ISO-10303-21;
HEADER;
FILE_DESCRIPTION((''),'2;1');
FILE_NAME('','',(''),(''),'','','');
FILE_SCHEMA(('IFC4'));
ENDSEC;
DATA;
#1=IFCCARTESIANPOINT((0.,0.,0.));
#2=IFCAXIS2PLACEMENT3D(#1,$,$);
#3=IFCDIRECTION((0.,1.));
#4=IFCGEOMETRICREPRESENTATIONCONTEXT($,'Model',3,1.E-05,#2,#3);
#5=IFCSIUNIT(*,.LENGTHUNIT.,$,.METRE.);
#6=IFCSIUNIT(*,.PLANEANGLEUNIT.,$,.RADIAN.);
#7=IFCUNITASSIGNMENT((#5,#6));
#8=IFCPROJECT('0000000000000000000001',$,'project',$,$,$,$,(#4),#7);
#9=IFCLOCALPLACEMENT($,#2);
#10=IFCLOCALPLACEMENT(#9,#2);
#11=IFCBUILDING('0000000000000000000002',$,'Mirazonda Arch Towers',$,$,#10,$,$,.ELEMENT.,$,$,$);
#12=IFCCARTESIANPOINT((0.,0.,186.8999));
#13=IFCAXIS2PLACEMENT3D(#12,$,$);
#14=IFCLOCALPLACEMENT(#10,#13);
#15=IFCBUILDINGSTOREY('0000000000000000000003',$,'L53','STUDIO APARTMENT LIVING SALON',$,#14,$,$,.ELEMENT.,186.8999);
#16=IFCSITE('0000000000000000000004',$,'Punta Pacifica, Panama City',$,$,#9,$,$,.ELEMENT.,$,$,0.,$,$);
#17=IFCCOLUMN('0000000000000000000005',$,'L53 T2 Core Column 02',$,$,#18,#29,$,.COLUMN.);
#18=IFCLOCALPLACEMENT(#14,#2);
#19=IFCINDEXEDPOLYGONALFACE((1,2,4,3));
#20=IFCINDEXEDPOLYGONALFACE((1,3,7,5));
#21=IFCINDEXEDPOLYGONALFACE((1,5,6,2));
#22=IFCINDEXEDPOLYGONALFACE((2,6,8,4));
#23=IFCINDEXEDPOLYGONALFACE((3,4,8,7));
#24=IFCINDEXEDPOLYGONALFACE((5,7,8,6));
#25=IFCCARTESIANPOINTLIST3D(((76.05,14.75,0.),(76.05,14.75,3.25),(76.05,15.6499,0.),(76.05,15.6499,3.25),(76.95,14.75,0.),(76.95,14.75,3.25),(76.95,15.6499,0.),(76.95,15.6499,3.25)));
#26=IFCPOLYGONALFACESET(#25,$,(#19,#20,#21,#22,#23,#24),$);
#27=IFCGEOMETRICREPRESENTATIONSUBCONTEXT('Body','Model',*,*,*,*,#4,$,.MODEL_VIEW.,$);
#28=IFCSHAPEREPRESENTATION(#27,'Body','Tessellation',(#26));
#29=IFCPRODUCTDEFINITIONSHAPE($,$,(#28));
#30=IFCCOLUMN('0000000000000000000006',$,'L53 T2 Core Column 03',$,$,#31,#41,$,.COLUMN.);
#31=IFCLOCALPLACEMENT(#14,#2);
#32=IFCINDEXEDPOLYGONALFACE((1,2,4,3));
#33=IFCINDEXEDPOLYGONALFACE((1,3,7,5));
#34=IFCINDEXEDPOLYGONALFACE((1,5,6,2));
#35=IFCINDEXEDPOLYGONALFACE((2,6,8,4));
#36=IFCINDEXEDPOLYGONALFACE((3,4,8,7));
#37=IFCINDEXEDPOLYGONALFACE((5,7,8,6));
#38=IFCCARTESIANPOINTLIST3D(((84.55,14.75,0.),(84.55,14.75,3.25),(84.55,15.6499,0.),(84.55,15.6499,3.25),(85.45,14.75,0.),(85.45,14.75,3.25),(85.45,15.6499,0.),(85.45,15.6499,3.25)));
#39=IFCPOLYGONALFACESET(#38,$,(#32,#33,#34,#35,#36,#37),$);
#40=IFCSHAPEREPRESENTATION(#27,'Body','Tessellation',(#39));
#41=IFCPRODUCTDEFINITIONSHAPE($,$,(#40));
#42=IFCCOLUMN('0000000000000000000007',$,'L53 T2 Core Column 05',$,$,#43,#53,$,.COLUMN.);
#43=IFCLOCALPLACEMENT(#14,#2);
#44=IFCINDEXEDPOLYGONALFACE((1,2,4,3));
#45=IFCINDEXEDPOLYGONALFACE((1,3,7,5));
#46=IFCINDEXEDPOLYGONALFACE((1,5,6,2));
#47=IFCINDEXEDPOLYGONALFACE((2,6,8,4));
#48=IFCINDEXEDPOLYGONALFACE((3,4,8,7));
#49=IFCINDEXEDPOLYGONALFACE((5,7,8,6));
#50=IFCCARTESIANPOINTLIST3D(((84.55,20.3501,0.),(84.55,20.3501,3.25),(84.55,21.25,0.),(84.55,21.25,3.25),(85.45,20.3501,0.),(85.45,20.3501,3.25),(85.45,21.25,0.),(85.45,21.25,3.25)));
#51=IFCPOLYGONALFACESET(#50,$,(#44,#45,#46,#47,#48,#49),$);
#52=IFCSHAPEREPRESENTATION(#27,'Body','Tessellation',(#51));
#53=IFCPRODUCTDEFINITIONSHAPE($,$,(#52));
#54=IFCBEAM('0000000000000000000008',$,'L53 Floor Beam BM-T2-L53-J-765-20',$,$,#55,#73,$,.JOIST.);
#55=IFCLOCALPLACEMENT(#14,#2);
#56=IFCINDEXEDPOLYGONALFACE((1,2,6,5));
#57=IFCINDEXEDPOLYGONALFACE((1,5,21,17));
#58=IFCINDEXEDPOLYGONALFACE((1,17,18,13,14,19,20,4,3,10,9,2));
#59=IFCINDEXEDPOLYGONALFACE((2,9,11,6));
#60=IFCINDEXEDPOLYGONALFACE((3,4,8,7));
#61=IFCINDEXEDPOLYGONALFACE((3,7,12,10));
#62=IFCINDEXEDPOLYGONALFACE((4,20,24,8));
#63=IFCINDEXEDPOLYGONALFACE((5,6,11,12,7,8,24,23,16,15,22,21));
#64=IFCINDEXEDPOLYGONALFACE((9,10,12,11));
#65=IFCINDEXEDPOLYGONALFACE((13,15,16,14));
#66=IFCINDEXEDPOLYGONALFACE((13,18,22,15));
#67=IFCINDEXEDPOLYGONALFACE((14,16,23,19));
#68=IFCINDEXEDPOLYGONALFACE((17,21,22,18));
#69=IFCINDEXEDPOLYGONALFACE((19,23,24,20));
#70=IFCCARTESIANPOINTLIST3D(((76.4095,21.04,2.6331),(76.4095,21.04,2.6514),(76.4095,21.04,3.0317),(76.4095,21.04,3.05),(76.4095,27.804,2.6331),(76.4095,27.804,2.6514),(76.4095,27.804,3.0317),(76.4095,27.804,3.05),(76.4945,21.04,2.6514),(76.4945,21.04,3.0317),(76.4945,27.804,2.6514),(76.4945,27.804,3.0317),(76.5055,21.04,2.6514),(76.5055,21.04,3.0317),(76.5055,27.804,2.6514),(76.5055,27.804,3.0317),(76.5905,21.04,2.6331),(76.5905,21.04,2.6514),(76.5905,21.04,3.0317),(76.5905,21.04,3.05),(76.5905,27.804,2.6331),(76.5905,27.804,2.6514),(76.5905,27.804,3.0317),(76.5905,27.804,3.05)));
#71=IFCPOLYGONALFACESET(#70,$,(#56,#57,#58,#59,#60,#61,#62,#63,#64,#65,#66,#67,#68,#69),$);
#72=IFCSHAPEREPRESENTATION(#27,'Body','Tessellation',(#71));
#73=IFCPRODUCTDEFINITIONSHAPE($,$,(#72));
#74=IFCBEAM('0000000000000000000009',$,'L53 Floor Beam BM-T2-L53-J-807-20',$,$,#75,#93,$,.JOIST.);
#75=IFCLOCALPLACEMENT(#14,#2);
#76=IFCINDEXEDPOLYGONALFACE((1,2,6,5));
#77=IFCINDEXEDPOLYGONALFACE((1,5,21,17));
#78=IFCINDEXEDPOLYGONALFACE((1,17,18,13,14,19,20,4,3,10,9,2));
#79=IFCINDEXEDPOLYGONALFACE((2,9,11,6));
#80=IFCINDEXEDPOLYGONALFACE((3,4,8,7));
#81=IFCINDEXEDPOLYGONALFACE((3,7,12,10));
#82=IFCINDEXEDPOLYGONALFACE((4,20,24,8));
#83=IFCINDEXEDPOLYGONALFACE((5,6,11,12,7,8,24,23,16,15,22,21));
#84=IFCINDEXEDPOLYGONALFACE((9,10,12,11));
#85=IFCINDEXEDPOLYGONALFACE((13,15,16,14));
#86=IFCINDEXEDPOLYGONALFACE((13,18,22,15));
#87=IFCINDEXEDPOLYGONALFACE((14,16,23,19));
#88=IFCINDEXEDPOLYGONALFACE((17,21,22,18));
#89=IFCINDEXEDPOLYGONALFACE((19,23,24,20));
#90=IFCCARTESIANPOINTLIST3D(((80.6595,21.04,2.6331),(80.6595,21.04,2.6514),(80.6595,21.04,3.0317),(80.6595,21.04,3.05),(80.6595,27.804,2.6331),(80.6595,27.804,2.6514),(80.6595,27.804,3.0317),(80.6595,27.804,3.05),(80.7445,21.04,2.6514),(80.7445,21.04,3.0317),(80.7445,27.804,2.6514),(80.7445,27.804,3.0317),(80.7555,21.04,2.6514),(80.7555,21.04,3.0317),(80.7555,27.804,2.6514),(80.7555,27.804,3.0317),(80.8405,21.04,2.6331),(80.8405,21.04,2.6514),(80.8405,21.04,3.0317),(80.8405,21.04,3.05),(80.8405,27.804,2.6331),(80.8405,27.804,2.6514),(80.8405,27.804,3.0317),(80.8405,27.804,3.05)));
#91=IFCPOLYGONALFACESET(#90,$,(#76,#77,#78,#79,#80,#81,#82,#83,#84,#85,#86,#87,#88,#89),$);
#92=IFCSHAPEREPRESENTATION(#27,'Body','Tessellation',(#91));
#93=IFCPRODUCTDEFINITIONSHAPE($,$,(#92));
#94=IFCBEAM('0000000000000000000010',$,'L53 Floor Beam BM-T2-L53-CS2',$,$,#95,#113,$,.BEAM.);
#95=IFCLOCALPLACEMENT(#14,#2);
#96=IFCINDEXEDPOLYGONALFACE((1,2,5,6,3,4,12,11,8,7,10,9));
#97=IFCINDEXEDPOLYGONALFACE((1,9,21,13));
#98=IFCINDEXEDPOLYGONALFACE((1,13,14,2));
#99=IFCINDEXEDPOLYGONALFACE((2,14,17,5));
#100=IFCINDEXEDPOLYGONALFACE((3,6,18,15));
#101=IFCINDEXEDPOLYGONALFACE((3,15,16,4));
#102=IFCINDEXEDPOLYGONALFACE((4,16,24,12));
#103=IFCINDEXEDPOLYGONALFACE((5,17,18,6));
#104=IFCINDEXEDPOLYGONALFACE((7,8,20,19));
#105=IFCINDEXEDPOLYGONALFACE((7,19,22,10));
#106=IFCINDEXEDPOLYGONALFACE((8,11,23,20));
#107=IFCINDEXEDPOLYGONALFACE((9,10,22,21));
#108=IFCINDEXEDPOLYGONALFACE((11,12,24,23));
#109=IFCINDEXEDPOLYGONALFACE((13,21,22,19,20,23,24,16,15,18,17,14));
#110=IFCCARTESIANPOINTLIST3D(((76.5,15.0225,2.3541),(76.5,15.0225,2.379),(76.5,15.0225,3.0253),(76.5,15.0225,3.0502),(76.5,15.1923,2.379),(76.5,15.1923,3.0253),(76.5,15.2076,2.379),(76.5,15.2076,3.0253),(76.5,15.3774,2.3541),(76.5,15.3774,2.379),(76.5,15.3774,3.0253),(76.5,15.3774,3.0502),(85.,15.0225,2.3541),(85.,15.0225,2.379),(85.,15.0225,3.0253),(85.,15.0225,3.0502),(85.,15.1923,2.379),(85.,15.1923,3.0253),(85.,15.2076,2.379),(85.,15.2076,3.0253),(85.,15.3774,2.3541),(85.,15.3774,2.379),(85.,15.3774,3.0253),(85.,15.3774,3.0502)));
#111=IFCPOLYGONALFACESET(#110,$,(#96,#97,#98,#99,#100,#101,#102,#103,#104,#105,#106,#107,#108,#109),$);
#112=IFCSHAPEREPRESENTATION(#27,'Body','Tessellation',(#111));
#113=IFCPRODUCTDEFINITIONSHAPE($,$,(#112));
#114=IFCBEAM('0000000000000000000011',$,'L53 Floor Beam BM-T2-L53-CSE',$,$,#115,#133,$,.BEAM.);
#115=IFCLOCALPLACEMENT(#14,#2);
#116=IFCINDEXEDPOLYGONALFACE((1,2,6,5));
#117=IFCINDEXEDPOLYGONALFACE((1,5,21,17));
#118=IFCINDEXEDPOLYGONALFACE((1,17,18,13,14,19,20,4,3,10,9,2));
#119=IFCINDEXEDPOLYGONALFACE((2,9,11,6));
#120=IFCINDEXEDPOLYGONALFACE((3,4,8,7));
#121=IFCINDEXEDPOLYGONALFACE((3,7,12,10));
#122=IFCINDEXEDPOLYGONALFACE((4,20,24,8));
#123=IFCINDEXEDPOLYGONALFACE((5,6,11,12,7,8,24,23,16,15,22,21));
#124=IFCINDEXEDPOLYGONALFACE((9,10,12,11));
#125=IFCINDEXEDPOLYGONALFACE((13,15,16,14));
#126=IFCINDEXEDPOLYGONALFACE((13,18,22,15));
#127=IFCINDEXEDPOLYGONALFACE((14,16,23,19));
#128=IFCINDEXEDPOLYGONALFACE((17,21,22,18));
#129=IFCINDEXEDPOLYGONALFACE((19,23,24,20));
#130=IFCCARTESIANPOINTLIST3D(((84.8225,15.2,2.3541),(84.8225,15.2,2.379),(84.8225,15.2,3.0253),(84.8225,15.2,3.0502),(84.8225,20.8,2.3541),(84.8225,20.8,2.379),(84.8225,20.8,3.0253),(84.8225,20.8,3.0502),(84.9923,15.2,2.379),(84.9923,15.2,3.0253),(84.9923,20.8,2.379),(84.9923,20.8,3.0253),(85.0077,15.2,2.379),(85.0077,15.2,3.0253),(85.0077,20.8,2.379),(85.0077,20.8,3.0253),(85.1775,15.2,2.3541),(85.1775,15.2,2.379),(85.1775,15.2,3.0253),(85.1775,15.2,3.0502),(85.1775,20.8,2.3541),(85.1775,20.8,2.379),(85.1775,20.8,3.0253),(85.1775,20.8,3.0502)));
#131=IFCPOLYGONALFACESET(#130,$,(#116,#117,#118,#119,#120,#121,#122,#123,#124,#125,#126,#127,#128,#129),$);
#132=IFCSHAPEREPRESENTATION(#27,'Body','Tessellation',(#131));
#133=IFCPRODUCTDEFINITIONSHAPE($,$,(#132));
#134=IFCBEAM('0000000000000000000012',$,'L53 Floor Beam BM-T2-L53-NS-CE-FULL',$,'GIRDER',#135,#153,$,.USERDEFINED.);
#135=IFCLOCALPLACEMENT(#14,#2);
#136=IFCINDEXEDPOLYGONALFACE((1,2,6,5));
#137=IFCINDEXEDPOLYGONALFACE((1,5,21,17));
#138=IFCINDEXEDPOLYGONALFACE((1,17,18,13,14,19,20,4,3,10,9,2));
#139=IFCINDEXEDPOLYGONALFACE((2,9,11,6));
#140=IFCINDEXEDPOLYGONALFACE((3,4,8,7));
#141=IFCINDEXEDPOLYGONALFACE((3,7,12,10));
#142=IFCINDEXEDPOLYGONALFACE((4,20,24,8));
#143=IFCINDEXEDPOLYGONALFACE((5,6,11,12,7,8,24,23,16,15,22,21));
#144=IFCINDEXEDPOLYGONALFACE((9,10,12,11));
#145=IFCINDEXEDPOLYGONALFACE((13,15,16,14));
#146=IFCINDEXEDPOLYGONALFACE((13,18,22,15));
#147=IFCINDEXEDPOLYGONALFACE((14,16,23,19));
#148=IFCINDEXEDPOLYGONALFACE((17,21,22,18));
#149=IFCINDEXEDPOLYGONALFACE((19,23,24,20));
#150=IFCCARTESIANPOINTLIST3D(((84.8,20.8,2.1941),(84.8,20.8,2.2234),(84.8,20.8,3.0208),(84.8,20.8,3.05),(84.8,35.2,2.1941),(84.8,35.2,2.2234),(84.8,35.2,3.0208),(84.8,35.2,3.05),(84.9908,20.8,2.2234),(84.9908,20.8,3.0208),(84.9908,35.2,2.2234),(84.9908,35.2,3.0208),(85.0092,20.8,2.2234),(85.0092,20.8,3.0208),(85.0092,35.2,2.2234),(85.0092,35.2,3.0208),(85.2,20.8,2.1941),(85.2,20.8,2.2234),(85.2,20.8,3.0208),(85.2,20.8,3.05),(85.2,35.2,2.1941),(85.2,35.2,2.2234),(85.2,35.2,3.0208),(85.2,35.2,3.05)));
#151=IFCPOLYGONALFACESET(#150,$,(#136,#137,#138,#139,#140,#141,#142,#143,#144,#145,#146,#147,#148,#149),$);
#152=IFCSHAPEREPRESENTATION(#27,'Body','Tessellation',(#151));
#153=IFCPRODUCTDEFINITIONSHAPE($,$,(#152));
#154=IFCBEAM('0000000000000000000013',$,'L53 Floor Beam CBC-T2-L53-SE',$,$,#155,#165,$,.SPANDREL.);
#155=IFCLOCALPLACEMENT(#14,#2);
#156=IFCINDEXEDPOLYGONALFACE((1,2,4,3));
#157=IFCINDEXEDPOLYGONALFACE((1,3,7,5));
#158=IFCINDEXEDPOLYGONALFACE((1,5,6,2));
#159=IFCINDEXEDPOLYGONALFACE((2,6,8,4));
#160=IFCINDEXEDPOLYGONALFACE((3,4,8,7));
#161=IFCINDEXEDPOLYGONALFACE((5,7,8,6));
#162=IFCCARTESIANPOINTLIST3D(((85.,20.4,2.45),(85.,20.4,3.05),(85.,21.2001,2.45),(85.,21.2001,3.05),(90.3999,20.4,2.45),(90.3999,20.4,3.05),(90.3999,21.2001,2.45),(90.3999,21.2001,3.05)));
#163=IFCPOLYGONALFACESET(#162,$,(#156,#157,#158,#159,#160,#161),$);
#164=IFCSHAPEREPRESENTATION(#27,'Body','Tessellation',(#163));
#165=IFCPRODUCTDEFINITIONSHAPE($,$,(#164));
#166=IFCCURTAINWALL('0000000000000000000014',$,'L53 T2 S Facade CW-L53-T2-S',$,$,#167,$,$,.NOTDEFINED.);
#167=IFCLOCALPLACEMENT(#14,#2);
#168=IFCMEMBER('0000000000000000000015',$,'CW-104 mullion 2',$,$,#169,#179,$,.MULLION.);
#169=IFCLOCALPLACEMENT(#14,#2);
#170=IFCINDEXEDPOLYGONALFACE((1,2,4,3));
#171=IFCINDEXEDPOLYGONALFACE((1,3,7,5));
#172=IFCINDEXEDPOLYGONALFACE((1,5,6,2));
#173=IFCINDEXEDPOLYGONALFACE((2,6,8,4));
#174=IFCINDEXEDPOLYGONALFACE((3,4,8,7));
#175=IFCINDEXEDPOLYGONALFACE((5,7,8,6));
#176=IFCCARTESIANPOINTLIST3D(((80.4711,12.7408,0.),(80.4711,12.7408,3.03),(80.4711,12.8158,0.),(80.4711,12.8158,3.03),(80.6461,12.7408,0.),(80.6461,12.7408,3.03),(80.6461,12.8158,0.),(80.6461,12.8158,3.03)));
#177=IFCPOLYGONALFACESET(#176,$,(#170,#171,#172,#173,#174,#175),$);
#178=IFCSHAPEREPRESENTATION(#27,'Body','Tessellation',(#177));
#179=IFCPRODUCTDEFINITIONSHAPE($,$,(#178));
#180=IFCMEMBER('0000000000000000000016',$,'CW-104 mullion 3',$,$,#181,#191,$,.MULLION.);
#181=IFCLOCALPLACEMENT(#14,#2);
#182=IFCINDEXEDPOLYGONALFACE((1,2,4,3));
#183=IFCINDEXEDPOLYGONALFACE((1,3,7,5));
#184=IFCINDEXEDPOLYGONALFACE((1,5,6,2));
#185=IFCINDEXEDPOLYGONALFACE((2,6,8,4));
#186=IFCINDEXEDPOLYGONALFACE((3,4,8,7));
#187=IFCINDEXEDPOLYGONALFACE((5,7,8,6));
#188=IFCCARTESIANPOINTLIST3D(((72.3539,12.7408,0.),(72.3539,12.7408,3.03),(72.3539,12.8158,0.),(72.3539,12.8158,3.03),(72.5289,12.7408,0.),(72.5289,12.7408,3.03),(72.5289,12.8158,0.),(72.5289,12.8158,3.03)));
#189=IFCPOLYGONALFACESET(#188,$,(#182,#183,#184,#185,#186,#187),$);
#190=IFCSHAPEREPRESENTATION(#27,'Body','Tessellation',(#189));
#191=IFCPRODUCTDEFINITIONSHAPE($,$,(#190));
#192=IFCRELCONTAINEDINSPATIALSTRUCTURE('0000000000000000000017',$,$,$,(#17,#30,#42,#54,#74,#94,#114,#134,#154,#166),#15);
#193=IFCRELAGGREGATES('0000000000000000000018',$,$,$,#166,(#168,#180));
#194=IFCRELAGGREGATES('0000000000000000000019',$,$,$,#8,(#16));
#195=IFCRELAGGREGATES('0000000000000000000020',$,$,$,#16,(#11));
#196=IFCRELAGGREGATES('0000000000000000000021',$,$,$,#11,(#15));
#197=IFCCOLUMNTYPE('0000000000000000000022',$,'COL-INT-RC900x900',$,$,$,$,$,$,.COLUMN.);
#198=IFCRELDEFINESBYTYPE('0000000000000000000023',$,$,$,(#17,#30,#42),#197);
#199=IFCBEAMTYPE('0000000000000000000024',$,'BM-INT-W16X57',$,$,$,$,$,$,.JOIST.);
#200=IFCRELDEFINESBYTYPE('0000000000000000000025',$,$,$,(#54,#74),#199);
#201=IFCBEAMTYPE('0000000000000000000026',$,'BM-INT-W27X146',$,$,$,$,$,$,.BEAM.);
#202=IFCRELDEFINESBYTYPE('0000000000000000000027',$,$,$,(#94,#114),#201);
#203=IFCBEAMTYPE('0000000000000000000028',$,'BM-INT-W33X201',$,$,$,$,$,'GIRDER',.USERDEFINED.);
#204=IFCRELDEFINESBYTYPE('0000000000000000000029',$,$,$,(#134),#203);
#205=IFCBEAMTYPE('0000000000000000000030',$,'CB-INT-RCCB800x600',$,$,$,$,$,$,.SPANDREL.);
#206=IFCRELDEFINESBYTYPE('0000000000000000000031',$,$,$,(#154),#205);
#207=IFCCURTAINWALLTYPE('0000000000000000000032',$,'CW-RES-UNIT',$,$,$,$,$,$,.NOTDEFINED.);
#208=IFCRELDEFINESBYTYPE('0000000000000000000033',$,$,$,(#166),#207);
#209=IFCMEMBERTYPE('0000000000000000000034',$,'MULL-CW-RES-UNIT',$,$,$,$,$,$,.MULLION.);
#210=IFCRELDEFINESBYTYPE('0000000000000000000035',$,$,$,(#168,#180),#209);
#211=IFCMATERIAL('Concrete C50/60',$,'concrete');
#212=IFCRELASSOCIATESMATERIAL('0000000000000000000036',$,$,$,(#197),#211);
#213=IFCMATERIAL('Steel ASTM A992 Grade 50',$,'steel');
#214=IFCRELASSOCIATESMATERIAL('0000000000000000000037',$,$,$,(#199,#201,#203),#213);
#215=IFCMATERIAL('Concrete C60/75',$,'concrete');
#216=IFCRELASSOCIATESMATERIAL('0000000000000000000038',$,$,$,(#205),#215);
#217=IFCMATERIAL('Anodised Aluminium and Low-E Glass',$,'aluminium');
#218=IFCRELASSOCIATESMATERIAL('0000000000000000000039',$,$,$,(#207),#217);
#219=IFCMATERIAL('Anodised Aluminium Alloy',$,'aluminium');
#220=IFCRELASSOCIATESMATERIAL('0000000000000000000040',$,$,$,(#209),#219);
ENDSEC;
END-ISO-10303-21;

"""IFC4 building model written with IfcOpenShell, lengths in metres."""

from ifc_helpers import new_model, si_unit, direction, frame, origin, origin_2d, place, context, subcontext, project, spatial, rectangle, i_section, extrude, material, material_profile, profile_set, type_object, element, aggregate, save


model = new_model("IFC4")

# Units and contexts
model_context = context("Model", 3, precision=1e-05, world=origin(), true_north=direction((0.0, 1.0)))
body_context = subcontext(model_context, "Body", "Model", "MODEL_VIEW")
ifc_project = project(units=[si_unit("LENGTHUNIT", "METRE"), si_unit("PLANEANGLEUNIT", "RADIAN")], contexts=[model_context])

# Site, building, storey
site_placement = place(None, origin())
site = spatial("IfcSite", under=ifc_project, at=site_placement, Name="Punta Pacifica, Panama City", CompositionType="ELEMENT", RefElevation=0.0)
building_placement = place(site_placement, origin())
building = spatial("IfcBuilding", under=site, at=building_placement, Name="Mirazonda Arch Towers", CompositionType="ELEMENT")
storey_placement = place(building_placement, frame((0.0, 0.0, 186.8999)))
storey = spatial("IfcBuildingStorey", under=building, at=storey_placement, Name="L53", Description="STUDIO APARTMENT LIVING SALON", CompositionType="ELEMENT", Elevation=186.8999)

# Columns
ifc_material_1 = material(Name="Concrete C50/60", Category="concrete")
ifc_material_profile_1 = material_profile(ifc_material_1, rectangle(XDim=0.8999, YDim=0.8999, at=origin_2d()), Name="RC900x900")
ifc_profile_set_1 = profile_set([ifc_material_profile_1], Name="Concrete C50/60")
column_type = type_object("IfcColumnType", Name="COL-INT-RC900x900", PredefinedType="COLUMN", material=ifc_profile_set_1)
for number, where, z_axis, x_axis, name in (
    (1, (76.5, 15.2, 0.0), (0.0, 0.0, 1.0), (1.0, 0.0, 0.0), "L53 T2 Core Column 02"),
    (2, (85.0, 15.2, 0.0), (0.0, 0.0, 1.0), (1.0, 0.0, 0.0), "L53 T2 Core Column 03"),
    (3, (85.0, 20.8, 0.0), (0.0, 0.0, 1.0), (1.0, 0.0, 0.0), "L53 T2 Core Column 05"),
):
    element("IfcColumn", number, at=place(storey_placement, frame(where, z_axis=z_axis, x_axis=x_axis)), inside=storey, type_object=column_type, Name=name, PredefinedType="COLUMN", context=body_context, shape_type="SweptSolid", body=[
        extrude(rectangle(XDim=0.8999, YDim=0.8999, at=origin_2d()), origin(), (0.0, 0.0, 1.0), 3.25),
    ])

# Beams
ifc_material_2 = material(Name="Steel ASTM A992 Grade 50", Category="steel")
ifc_material_profile_2 = material_profile(ifc_material_2, i_section(OverallWidth=0.1809, OverallDepth=0.417, WebThickness=0.011, FlangeThickness=0.0183, at=origin_2d()), Name="W16X57")
ifc_profile_set_2 = profile_set([ifc_material_profile_2], Name="Steel ASTM A992 Grade 50")
beam_type_1 = type_object("IfcBeamType", Name="BM-INT-W16X57", PredefinedType="JOIST", material=ifc_profile_set_2)
for number, where, z_axis, x_axis, name in (
    (4, (76.5, 21.04, 2.8416), (0.0, 1.0, 0.0), (-1.0, 0.0, 0.0), "L53 Floor Beam BM-T2-L53-J-765-20"),
    (5, (80.75, 21.04, 2.8416), (0.0, 1.0, 0.0), (-1.0, 0.0, 0.0), "L53 Floor Beam BM-T2-L53-J-807-20"),
):
    element("IfcBeam", number, at=place(storey_placement, frame(where, z_axis=z_axis, x_axis=x_axis)), inside=storey, type_object=beam_type_1, Name=name, PredefinedType="JOIST", context=body_context, shape_type="SweptSolid", body=[
        extrude(i_section(OverallWidth=0.1809, OverallDepth=0.417, WebThickness=0.011, FlangeThickness=0.0183, at=origin_2d()), origin(), (0.0, 0.0, 1.0), 6.7639),
    ])
ifc_material_profile_3 = material_profile(ifc_material_2, i_section(OverallWidth=0.355, OverallDepth=0.696, WebThickness=0.0154, FlangeThickness=0.0249, at=origin_2d()), Name="W27X146")
ifc_profile_set_3 = profile_set([ifc_material_profile_3], Name="Steel ASTM A992 Grade 50")
beam_type_2 = type_object("IfcBeamType", Name="BM-INT-W27X146", PredefinedType="BEAM", material=ifc_profile_set_3)
beam_1_placement = place(storey_placement, frame((76.5, 15.2, 2.7021), z_axis=(1.0, 0.0, 0.0), x_axis=(0.0, 1.0, 0.0)))
element("IfcBeam", 6, at=beam_1_placement, inside=storey, type_object=beam_type_2, Name="L53 Floor Beam BM-T2-L53-CS2", PredefinedType="BEAM", context=body_context, shape_type="SweptSolid", body=[
    extrude(i_section(OverallWidth=0.355, OverallDepth=0.696, WebThickness=0.0154, FlangeThickness=0.0249, at=origin_2d()), origin(), (0.0, 0.0, 1.0), 8.5),
])
beam_2_placement = place(storey_placement, frame((85.0, 15.2, 2.7021), z_axis=(0.0, 1.0, 0.0), x_axis=(-1.0, 0.0, 0.0)))
element("IfcBeam", 7, at=beam_2_placement, inside=storey, type_object=beam_type_2, Name="L53 Floor Beam BM-T2-L53-CSE", PredefinedType="BEAM", context=body_context, shape_type="SweptSolid", body=[
    extrude(i_section(OverallWidth=0.355, OverallDepth=0.696, WebThickness=0.0154, FlangeThickness=0.0249, at=origin_2d()), origin(), (0.0, 0.0, 1.0), 5.6001),
])
ifc_material_profile_4 = material_profile(ifc_material_2, i_section(OverallWidth=0.3999, OverallDepth=0.856, WebThickness=0.0183, FlangeThickness=0.0293, at=origin_2d()), Name="W33X201")
ifc_profile_set_4 = profile_set([ifc_material_profile_4], Name="Steel ASTM A992 Grade 50")
beam_type_3 = type_object("IfcBeamType", Name="BM-INT-W33X201", ElementType="GIRDER", PredefinedType="USERDEFINED", material=ifc_profile_set_4)
beam_3_placement = place(storey_placement, frame((85.0, 20.8, 2.6221), z_axis=(0.0, 1.0, 0.0), x_axis=(-1.0, 0.0, 0.0)))
element("IfcBeam", 8, at=beam_3_placement, inside=storey, type_object=beam_type_3, Name="L53 Floor Beam BM-T2-L53-NS-CE-FULL", ObjectType="GIRDER", PredefinedType="USERDEFINED", context=body_context, shape_type="SweptSolid", body=[
    extrude(i_section(OverallWidth=0.3999, OverallDepth=0.856, WebThickness=0.0183, FlangeThickness=0.0293, at=origin_2d()), origin(), (0.0, 0.0, 1.0), 14.3999),
])
ifc_material_3 = material(Name="Concrete C60/75", Category="concrete")
ifc_material_profile_5 = material_profile(ifc_material_3, rectangle(XDim=0.8, YDim=0.6001, at=origin_2d()), Name="RCCB800x600")
ifc_profile_set_5 = profile_set([ifc_material_profile_5], Name="Concrete C60/75")
beam_type_4 = type_object("IfcBeamType", Name="CB-INT-RCCB800x600", PredefinedType="SPANDREL", material=ifc_profile_set_5)
beam_4_placement = place(storey_placement, frame((85.0, 20.8, 2.75), z_axis=(1.0, 0.0, 0.0), x_axis=(0.0, 1.0, 0.0)))
element("IfcBeam", 9, at=beam_4_placement, inside=storey, type_object=beam_type_4, Name="L53 Floor Beam CBC-T2-L53-SE", PredefinedType="SPANDREL", context=body_context, shape_type="SweptSolid", body=[
    extrude(rectangle(XDim=0.8, YDim=0.6001, at=origin_2d()), origin(), (0.0, 0.0, 1.0), 5.3999),
])

# Curtain wall, members
ifc_material_4 = material(Name="Anodised Aluminium and Low-E Glass", Category="aluminium")
curtain_wall_type = type_object("IfcCurtainWallType", Name="CW-RES-UNIT", PredefinedType="NOTDEFINED", material=ifc_material_4)
curtain_wall_placement = place(storey_placement, origin())
curtain_wall = element("IfcCurtainWall", 10, at=curtain_wall_placement, inside=storey, type_object=curtain_wall_type, Name="L53 T2 S Facade CW-L53-T2-S", PredefinedType="NOTDEFINED")
ifc_material_5 = material(Name="Anodised Aluminium Alloy", Category="aluminium")
ifc_material_profile_6 = material_profile(ifc_material_5, rectangle(XDim=0.075, YDim=0.175, at=origin_2d()), Name="ALU-MULL-75x175")
ifc_profile_set_6 = profile_set([ifc_material_profile_6], Name="Anodised Aluminium Alloy")
member_type_1 = type_object("IfcMemberType", Name="MULL-CW-RES-UNIT", PredefinedType="MULLION", material=ifc_profile_set_6)
member_1_placement = place(storey_placement, frame((80.5586, 12.7783, 0.0), z_axis=(0.0, 0.0, 1.0), x_axis=(0.0, -1.0, 0.0)))
member_1 = element("IfcMember", 11, at=member_1_placement, type_object=member_type_1, Name="CW-104 mullion 2", PredefinedType="MULLION", context=body_context, shape_type="SweptSolid", body=[
    extrude(rectangle(XDim=0.075, YDim=0.175, at=origin_2d()), origin(), (0.0, 0.0, 1.0), 3.03),
])
member_2_placement = place(storey_placement, frame((72.4414, 12.7783, 0.0), z_axis=(0.0, 0.0, 1.0), x_axis=(0.0, -1.0, 0.0)))
member_2 = element("IfcMember", 12, at=member_2_placement, type_object=member_type_1, Name="CW-104 mullion 3", PredefinedType="MULLION", context=body_context, shape_type="SweptSolid", body=[
    extrude(rectangle(XDim=0.075, YDim=0.175, at=origin_2d()), origin(), (0.0, 0.0, 1.0), 3.03),
])
aggregate(curtain_wall, [member_1, member_2])

save(model, "model.ifc")
